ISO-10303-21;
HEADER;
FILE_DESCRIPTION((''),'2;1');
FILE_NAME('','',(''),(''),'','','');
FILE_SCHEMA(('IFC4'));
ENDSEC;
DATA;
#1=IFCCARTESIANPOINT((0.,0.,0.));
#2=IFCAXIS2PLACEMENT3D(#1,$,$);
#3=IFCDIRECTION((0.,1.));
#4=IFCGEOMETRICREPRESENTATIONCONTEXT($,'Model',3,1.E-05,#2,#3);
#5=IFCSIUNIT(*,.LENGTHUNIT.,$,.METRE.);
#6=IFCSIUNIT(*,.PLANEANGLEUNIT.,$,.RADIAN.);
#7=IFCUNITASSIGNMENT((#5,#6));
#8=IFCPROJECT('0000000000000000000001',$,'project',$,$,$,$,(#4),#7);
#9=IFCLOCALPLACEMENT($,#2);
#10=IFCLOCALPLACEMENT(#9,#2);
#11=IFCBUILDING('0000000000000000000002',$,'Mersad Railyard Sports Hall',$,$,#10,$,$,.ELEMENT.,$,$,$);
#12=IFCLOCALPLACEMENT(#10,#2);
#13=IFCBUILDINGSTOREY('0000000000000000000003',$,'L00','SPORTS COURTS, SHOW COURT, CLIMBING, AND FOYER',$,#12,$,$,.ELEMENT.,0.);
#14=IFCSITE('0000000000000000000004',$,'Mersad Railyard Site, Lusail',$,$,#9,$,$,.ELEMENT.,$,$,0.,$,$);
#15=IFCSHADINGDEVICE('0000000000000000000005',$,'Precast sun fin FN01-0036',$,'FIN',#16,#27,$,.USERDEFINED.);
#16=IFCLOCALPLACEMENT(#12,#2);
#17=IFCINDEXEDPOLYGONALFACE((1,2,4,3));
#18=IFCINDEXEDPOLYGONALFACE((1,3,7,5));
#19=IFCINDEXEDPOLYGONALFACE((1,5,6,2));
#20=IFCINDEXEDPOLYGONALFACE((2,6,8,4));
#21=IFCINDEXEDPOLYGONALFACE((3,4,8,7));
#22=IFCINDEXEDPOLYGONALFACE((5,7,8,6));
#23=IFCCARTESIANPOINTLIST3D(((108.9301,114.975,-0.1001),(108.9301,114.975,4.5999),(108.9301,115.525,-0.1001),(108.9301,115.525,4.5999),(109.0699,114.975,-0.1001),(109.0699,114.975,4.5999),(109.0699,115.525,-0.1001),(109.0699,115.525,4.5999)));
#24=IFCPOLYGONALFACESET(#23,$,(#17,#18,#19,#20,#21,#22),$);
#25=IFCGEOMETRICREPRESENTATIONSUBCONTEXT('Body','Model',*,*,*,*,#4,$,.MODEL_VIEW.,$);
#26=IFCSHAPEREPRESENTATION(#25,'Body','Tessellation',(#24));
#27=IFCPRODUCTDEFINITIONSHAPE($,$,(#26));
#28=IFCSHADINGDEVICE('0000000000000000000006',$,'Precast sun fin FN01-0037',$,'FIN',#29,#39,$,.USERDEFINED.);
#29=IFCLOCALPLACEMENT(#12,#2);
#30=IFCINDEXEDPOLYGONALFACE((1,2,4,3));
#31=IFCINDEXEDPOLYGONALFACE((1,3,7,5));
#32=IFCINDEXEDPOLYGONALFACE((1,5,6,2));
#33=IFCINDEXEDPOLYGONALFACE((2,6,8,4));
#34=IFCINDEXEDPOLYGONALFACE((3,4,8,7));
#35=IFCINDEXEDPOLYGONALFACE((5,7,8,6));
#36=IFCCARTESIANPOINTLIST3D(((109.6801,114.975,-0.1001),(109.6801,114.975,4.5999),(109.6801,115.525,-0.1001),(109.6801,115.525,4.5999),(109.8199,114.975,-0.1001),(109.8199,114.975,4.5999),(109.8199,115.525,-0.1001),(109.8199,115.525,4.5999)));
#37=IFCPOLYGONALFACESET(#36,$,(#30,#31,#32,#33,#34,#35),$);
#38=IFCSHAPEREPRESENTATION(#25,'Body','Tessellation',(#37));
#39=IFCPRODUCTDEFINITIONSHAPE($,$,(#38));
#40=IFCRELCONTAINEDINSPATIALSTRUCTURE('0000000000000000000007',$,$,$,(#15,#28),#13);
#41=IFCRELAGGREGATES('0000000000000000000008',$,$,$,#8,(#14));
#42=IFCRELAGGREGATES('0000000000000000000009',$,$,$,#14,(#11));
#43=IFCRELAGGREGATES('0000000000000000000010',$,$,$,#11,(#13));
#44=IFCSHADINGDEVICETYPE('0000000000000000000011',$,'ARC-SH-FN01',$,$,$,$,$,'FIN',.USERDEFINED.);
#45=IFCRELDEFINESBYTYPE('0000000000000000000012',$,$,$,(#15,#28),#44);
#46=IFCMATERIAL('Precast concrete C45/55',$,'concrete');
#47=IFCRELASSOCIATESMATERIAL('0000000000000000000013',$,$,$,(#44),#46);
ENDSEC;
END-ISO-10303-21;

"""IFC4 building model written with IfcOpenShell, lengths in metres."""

from ifc_helpers import new_model, si_unit, direction, frame, origin, origin_2d, place, context, subcontext, project, spatial, rectangle, extrude, material, type_object, element, save


model = new_model("IFC4")

# Units and contexts
model_context = context("Model", 3, precision=1e-05, world=origin(), true_north=direction((0.0, 1.0)))
body_context = subcontext(model_context, "Body", "Model", "MODEL_VIEW")
ifc_project = project(units=[si_unit("LENGTHUNIT", "METRE"), si_unit("PLANEANGLEUNIT", "RADIAN")], contexts=[model_context])

# Site, building, storey
site_placement = place(None, origin())
site = spatial("IfcSite", under=ifc_project, at=site_placement, Name="Mersad Railyard Site, Lusail", CompositionType="ELEMENT", RefElevation=0.0)
building_placement = place(site_placement, origin())
building = spatial("IfcBuilding", under=site, at=building_placement, Name="Mersad Railyard Sports Hall", CompositionType="ELEMENT")
storey_placement = place(building_placement, origin())
storey = spatial("IfcBuildingStorey", under=building, at=storey_placement, Name="L00", Description="SPORTS COURTS, SHOW COURT, CLIMBING, AND FOYER", CompositionType="ELEMENT", Elevation=0.0)

# Shading devices
ifc_material_1 = material(Name="Precast concrete C45/55", Category="concrete")
shading_device_type = type_object("IfcShadingDeviceType", Name="ARC-SH-FN01", ElementType="FIN", PredefinedType="USERDEFINED", material=ifc_material_1)
for number, where, z_axis, x_axis, name in (
    (1, (109.0, 115.25, -0.1001), (0.0, 0.0, 1.0), (1.0, 0.0, 0.0), "Precast sun fin FN01-0036"),
    (2, (109.75, 115.25, -0.1001), (0.0, 0.0, 1.0), (1.0, 0.0, 0.0), "Precast sun fin FN01-0037"),
):
    element("IfcShadingDevice", number, at=place(storey_placement, frame(where, z_axis=z_axis, x_axis=x_axis)), inside=storey, type_object=shading_device_type, Name=name, ObjectType="FIN", PredefinedType="USERDEFINED", context=body_context, shape_type="SweptSolid", body=[
        extrude(rectangle(XDim=0.1399, YDim=0.55, at=origin_2d()), origin(), (0.0, 0.0, 1.0), 4.7),
    ])

save(model, "model.ifc")
